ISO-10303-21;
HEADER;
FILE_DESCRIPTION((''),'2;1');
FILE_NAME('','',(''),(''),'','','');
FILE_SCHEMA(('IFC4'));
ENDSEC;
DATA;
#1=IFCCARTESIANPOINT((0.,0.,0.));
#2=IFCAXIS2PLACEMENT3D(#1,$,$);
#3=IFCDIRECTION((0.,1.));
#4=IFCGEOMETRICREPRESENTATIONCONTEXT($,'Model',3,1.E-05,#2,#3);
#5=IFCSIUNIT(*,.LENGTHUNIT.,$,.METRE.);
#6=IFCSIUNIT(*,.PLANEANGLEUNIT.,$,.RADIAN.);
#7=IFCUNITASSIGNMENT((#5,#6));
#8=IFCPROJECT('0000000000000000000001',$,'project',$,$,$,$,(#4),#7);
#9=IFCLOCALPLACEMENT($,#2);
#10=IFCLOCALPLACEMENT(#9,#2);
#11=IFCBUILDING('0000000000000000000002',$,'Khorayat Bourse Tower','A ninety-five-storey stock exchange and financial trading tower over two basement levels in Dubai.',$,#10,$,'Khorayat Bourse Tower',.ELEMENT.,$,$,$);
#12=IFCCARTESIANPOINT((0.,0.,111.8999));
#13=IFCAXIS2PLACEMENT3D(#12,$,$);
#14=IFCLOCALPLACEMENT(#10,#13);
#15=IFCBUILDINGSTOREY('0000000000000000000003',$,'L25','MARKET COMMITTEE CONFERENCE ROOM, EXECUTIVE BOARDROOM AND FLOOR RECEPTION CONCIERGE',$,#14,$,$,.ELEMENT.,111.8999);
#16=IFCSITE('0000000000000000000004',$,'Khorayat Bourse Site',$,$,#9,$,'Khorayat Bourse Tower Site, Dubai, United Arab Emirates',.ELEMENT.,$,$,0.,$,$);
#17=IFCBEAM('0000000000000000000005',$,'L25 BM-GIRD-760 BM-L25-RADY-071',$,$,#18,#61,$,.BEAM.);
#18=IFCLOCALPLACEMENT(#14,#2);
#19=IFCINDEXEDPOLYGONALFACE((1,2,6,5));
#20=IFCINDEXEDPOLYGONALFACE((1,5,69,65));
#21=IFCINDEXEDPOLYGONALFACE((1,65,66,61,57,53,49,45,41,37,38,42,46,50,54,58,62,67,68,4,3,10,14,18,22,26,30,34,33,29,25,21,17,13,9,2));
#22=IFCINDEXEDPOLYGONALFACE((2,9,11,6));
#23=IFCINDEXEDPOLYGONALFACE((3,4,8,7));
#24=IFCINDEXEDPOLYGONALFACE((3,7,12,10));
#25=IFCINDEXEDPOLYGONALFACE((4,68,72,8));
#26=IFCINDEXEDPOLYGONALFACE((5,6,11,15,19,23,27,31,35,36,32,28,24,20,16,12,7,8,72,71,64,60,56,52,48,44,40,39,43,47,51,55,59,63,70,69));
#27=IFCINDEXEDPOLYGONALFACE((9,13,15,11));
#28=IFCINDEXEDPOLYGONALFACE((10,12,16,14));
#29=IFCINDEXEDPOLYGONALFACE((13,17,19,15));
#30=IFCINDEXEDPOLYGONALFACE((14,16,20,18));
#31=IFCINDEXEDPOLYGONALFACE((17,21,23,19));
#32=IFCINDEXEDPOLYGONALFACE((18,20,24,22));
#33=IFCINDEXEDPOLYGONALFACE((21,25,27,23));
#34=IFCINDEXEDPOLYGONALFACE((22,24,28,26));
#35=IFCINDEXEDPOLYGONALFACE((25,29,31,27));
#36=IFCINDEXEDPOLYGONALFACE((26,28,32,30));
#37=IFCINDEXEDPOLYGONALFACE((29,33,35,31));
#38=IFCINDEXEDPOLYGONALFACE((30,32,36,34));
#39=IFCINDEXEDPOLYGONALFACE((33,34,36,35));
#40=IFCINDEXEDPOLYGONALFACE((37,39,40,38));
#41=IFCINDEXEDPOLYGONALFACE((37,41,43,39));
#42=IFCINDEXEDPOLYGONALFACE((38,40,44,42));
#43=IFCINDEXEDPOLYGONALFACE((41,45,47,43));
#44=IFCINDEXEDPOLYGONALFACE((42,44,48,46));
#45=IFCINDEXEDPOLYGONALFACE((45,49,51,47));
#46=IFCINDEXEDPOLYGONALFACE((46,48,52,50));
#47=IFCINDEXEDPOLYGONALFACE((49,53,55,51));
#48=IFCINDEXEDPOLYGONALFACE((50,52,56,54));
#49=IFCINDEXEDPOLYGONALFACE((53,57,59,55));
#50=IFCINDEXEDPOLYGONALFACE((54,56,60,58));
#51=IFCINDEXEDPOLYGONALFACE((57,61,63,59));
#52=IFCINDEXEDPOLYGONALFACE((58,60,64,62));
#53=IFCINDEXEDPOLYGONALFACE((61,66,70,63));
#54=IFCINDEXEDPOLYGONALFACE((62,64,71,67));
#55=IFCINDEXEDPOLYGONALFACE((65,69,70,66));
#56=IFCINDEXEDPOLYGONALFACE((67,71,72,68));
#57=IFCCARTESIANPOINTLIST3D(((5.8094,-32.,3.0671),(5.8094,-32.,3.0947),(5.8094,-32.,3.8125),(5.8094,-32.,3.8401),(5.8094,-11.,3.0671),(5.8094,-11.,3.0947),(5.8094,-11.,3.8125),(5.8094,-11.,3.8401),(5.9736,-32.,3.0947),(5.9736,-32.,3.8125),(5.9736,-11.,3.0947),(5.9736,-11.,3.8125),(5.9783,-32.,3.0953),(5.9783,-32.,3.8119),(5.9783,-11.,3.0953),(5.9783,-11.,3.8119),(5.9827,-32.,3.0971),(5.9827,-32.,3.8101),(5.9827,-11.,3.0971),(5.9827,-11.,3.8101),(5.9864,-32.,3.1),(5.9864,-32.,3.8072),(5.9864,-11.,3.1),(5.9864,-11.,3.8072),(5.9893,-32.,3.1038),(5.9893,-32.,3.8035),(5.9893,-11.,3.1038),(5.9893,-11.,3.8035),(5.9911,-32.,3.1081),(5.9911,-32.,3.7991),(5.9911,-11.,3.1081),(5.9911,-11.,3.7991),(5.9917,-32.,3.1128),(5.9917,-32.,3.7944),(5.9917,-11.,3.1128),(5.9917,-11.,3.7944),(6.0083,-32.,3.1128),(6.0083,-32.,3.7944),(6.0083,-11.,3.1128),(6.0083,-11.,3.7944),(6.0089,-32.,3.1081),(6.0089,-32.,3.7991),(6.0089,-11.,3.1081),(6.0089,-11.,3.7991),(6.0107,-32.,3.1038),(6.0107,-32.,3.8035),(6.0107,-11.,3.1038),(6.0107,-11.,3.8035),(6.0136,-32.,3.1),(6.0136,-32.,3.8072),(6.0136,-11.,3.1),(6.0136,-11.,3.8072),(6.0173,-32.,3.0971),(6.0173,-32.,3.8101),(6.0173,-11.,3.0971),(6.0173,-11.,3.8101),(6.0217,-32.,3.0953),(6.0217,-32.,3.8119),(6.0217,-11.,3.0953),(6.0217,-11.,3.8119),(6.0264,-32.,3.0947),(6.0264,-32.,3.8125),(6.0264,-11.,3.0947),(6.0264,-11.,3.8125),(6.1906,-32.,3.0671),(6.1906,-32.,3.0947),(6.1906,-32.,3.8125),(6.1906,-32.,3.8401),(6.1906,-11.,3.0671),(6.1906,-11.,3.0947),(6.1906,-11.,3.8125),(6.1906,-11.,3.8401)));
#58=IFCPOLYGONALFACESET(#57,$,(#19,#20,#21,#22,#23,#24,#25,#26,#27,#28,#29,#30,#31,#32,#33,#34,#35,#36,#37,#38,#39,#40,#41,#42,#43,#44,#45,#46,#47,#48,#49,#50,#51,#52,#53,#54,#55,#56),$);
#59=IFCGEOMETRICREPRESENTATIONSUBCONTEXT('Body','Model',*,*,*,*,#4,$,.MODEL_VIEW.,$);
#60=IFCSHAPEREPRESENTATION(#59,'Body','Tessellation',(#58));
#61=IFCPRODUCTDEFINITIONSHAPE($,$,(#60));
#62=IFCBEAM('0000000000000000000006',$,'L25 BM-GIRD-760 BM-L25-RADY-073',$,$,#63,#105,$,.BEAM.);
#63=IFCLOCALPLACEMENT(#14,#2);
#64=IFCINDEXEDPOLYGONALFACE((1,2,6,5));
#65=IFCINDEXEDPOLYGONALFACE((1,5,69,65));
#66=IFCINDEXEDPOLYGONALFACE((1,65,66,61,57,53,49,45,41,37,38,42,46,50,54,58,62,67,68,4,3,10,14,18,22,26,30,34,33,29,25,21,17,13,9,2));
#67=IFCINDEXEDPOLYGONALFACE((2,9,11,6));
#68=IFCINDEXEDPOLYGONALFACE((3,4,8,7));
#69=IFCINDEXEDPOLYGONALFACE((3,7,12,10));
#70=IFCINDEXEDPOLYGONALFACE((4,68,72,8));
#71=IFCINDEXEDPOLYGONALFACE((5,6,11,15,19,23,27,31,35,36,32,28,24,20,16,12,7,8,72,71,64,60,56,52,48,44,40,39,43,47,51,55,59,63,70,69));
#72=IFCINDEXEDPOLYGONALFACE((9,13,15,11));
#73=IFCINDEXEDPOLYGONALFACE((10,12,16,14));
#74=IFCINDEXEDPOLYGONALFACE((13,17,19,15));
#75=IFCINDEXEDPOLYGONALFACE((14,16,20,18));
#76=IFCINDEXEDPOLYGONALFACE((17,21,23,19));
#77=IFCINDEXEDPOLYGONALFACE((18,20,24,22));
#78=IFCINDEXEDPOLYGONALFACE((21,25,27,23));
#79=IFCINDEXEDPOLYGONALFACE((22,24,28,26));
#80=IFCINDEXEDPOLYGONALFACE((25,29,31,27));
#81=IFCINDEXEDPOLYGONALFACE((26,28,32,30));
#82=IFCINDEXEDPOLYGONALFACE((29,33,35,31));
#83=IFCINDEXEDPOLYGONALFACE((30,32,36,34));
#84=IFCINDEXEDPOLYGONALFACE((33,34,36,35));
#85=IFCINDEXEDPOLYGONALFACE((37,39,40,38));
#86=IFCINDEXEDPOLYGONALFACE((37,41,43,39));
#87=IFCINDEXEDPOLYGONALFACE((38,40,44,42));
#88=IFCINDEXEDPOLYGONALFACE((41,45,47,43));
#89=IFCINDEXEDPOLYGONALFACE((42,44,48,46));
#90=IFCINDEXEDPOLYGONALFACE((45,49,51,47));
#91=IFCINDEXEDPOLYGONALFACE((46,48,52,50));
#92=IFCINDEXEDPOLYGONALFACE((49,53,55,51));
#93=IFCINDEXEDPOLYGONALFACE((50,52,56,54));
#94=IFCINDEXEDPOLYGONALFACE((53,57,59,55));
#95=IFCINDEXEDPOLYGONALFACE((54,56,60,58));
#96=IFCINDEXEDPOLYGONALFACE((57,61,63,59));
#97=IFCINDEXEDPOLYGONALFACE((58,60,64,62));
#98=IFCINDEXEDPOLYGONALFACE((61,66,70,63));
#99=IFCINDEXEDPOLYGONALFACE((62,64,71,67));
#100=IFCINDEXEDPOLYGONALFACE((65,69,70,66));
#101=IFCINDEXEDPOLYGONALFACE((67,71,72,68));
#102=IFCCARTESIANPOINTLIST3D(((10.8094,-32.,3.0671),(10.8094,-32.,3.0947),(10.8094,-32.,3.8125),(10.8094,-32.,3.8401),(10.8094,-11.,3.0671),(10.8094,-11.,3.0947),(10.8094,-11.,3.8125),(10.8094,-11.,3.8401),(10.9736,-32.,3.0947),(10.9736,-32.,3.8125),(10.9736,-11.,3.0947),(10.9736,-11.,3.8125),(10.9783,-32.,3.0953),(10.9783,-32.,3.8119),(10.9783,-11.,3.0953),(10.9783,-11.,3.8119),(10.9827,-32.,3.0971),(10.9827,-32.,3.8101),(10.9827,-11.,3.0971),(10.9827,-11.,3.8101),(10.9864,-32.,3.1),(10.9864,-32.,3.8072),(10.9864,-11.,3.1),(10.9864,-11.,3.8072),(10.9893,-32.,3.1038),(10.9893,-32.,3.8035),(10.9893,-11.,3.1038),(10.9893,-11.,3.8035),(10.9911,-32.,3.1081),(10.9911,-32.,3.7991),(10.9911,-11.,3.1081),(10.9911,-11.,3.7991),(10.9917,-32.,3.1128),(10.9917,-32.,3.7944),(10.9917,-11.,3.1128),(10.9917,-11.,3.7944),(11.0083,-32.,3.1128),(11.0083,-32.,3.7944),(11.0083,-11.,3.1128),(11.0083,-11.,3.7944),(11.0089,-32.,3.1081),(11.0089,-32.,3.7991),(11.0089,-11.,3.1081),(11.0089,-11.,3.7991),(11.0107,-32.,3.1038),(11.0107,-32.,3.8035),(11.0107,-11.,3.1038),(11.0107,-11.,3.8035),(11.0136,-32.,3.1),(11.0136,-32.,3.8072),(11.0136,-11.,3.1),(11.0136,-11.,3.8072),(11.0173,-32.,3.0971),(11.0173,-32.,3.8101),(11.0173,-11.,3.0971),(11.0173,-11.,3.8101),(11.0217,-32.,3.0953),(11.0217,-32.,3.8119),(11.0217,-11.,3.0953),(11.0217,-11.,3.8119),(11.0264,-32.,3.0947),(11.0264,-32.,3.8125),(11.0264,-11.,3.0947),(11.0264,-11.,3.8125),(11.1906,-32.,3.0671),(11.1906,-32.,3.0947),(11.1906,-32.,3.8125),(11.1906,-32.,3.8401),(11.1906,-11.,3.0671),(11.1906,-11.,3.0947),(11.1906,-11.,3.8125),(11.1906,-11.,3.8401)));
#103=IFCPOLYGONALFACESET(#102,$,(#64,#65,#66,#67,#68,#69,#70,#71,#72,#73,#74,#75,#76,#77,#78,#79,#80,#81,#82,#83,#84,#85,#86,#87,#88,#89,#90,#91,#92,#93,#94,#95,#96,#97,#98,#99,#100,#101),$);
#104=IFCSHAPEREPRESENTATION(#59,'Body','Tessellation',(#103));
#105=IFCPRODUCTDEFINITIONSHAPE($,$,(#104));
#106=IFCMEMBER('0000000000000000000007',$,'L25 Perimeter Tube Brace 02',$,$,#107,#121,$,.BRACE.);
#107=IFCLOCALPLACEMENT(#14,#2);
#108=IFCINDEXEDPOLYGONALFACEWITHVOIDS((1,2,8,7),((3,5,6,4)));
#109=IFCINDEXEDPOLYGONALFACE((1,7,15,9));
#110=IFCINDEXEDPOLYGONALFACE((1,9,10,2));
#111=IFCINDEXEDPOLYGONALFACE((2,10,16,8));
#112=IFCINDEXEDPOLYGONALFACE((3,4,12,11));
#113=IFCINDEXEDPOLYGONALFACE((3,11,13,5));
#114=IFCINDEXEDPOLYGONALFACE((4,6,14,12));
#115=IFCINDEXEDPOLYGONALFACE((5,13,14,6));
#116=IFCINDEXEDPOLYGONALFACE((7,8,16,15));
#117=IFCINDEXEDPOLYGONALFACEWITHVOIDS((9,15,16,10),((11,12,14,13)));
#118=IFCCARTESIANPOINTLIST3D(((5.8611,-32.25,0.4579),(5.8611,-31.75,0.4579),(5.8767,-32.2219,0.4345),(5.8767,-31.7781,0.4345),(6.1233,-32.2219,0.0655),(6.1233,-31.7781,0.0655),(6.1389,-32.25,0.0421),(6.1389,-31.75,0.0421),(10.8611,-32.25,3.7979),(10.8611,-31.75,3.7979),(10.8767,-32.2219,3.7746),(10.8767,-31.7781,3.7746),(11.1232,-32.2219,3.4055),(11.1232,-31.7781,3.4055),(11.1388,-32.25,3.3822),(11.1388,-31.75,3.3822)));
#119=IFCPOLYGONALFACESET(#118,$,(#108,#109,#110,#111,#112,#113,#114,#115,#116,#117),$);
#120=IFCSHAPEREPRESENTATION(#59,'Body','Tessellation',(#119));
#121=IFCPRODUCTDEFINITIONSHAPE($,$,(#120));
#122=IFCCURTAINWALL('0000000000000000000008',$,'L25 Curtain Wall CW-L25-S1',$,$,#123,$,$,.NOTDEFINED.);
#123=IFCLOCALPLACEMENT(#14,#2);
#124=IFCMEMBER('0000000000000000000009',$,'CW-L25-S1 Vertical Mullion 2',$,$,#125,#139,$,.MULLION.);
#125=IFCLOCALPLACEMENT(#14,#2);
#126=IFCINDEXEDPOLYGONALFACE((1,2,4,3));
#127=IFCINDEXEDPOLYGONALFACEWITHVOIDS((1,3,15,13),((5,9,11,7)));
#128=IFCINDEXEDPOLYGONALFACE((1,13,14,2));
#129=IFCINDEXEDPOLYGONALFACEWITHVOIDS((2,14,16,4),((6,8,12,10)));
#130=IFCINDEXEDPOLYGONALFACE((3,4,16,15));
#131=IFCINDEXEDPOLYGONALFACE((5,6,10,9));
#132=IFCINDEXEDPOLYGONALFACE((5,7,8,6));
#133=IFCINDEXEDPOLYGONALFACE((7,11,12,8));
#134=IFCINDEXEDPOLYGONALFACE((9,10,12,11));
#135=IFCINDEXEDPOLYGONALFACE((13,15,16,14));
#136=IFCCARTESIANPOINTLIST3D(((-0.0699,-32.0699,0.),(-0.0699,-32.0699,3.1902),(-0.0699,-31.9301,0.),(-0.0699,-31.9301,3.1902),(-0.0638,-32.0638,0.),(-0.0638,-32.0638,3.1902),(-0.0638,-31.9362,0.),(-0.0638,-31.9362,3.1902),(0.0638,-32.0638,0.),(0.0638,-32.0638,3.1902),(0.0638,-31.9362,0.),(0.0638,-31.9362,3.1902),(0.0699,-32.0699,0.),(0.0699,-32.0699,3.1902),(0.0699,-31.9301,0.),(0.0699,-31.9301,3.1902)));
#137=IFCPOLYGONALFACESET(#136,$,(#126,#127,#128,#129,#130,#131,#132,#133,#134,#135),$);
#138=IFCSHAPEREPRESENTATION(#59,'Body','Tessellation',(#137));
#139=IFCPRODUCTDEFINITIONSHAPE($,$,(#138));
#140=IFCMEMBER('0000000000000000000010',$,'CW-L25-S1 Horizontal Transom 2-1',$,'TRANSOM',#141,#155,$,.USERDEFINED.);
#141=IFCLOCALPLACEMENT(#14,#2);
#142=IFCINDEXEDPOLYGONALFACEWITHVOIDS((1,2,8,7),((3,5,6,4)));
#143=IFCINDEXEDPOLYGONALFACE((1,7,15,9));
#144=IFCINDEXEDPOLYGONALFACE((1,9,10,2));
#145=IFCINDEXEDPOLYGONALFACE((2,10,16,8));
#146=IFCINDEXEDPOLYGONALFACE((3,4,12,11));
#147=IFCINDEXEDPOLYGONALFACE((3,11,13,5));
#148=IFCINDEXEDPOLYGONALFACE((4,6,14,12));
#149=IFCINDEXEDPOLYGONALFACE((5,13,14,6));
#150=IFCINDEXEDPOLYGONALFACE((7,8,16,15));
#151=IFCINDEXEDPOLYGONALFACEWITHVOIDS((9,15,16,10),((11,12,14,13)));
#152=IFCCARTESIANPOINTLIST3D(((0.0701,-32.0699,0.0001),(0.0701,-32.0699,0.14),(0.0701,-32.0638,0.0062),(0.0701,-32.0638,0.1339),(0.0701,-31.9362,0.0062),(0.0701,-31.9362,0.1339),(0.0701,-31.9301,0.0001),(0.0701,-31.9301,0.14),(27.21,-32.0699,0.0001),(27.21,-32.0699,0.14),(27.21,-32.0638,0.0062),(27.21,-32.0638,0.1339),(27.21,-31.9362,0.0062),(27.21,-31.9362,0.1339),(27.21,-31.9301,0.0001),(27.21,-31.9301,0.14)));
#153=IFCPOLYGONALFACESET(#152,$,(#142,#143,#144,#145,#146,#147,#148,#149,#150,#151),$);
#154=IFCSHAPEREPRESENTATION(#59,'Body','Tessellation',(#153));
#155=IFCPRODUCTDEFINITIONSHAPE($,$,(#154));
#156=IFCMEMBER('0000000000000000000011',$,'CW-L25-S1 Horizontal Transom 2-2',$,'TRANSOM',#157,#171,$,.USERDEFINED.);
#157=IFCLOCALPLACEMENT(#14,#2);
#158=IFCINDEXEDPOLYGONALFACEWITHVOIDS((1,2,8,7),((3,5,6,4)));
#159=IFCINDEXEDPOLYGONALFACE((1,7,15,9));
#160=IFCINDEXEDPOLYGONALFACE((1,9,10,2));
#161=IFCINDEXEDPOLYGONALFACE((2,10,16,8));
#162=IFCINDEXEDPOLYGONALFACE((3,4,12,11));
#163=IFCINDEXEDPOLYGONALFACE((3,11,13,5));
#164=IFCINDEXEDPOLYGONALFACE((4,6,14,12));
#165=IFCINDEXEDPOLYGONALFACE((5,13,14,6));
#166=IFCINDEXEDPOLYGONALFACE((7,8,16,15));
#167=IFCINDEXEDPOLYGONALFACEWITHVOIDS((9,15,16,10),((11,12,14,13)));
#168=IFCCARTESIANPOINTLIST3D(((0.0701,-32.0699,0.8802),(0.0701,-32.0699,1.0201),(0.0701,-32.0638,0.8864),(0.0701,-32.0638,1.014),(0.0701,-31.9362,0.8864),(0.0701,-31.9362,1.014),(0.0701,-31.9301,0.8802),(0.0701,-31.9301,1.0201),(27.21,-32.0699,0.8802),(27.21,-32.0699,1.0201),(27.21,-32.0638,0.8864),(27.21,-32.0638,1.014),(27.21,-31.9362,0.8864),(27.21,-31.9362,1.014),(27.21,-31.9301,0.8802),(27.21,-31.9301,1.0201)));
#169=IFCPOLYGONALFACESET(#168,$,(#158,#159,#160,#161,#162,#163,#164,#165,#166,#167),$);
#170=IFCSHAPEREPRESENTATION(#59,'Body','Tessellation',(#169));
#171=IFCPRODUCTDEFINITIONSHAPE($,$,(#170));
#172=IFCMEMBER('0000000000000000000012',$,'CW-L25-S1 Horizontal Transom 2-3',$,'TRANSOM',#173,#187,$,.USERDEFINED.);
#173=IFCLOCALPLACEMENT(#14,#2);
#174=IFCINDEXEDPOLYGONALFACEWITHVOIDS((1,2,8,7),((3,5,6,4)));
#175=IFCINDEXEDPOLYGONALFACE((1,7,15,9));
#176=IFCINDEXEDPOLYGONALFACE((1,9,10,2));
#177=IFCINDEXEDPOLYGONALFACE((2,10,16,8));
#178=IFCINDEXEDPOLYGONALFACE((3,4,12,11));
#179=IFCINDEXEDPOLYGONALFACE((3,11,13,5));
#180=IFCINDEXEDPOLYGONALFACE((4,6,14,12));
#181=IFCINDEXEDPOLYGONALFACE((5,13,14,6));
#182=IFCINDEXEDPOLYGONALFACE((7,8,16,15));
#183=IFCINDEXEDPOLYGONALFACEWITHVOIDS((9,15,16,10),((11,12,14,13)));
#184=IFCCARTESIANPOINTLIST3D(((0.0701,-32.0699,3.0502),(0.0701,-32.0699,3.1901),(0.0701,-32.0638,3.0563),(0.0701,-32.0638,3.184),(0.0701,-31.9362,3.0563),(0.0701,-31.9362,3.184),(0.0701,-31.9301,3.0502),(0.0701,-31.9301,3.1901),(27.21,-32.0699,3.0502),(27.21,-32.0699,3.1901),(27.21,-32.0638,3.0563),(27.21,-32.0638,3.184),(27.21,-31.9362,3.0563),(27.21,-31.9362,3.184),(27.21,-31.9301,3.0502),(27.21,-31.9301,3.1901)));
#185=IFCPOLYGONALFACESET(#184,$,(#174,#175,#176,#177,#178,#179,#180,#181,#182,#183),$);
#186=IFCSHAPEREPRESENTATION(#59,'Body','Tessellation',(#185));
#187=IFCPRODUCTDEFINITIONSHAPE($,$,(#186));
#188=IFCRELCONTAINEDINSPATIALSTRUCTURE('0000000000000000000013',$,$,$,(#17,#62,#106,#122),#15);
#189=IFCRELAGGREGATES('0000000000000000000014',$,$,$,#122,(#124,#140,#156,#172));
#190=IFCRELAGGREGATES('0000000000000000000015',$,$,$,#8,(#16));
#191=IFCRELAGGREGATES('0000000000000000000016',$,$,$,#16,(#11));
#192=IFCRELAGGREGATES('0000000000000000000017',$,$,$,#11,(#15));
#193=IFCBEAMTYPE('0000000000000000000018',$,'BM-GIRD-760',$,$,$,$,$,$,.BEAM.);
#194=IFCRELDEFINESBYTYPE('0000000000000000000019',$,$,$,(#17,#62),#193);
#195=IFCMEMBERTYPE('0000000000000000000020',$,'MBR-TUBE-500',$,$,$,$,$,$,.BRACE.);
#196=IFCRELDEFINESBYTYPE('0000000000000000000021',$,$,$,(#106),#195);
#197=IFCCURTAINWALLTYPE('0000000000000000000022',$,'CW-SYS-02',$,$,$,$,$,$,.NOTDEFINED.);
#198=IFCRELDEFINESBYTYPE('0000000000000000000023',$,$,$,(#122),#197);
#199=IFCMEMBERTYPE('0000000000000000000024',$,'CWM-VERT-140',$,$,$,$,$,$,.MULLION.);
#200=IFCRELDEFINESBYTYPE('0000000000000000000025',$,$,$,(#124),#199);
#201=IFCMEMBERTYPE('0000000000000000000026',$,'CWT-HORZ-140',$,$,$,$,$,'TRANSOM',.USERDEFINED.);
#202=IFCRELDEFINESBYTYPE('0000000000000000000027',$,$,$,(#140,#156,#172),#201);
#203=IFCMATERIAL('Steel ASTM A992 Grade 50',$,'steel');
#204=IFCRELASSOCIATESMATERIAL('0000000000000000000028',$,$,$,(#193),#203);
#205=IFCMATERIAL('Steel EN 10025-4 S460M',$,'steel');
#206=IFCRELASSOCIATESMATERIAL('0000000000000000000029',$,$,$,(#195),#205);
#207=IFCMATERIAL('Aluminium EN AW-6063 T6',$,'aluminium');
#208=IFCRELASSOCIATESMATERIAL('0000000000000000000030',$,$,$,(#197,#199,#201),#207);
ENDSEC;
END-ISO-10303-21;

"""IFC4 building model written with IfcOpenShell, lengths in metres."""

from ifc_helpers import new_model, si_unit, direction, frame, origin, origin_2d, place, context, subcontext, project, spatial, hollow_rectangle, i_section, extrude, source, transform, mapped, material, material_profile, profile_set, type_object, element, aggregate, save


model = new_model("IFC4")

# Units and contexts
model_context = context("Model", 3, precision=1e-05, world=origin(), true_north=direction((0.0, 1.0)))
body_context = subcontext(model_context, "Body", "Model", "MODEL_VIEW")
ifc_project = project(units=[si_unit("LENGTHUNIT", "METRE"), si_unit("PLANEANGLEUNIT", "RADIAN")], contexts=[model_context])

# Site, building, storey
site_placement = place(None, origin())
site = spatial("IfcSite", under=ifc_project, at=site_placement, Name="Khorayat Bourse Site", LongName="Khorayat Bourse Tower Site, Dubai, United Arab Emirates", CompositionType="ELEMENT", RefElevation=0.0)
building_placement = place(site_placement, origin())
building = spatial("IfcBuilding", under=site, at=building_placement, Name="Khorayat Bourse Tower", Description="A ninety-five-storey stock exchange and financial trading tower over two basement levels in Dubai.", LongName="Khorayat Bourse Tower", CompositionType="ELEMENT")
storey_placement = place(building_placement, frame((0.0, 0.0, 111.8999)))
storey = spatial("IfcBuildingStorey", under=building, at=storey_placement, Name="L25", Description="MARKET COMMITTEE CONFERENCE ROOM, EXECUTIVE BOARDROOM AND FLOOR RECEPTION CONCIERGE", CompositionType="ELEMENT", Elevation=111.8999)

# Shared definitions
ifc_material_1 = material(Name="Steel EN 10025-4 S460M", Category="steel")

# Beams
ifc_material_2 = material(Name="Steel ASTM A992 Grade 50", Category="steel")
ifc_material_profile_1 = material_profile(ifc_material_2, i_section(OverallWidth=0.3811, OverallDepth=0.7729, WebThickness=0.0166, FlangeThickness=0.0276, FilletRadius=0.0181, at=origin_2d()), Name="W760X257")
ifc_profile_set_1 = profile_set([ifc_material_profile_1], Name="Steel ASTM A992 Grade 50")
beam_type_1 = type_object("IfcBeamType", Name="BM-GIRD-760", PredefinedType="BEAM", material=ifc_profile_set_1)
shared_shape_1 = source(origin(), body_context, "Body", "SweptSolid", [
    extrude(i_section(OverallWidth=0.3811, OverallDepth=0.7729, WebThickness=0.0166, FlangeThickness=0.0276, FilletRadius=0.0181, at=origin_2d()), origin(), (0.0, 0.0, 1.0), 21.0),
])
for number, where, z_axis, x_axis, name in (
    (1, (6.0, -32.0, 3.4536), (0.0, 1.0, 0.0), (-1.0, 0.0, 0.0), "L25 BM-GIRD-760 BM-L25-RADY-071"),
    (2, (11.0, -32.0, 3.4536), (0.0, 1.0, 0.0), (-1.0, 0.0, 0.0), "L25 BM-GIRD-760 BM-L25-RADY-073"),
):
    element("IfcBeam", number, at=place(storey_placement, frame(where, z_axis=z_axis, x_axis=x_axis)), inside=storey, type_object=beam_type_1, Name=name, PredefinedType="BEAM", context=body_context, shape_type="MappedRepresentation", body=[
        mapped(shared_shape_1, transform((0.0, 0.0, 0.0), scale=1.0)),
    ])

# Member
ifc_material_profile_2 = material_profile(ifc_material_1, hollow_rectangle(XDim=0.5, YDim=0.5, WallThickness=0.0281, at=origin_2d()), Name="HSS 500x500x28")
ifc_profile_set_2 = profile_set([ifc_material_profile_2], Name="Steel EN 10025-4 S460M")
member_type_1 = type_object("IfcMemberType", Name="MBR-TUBE-500", PredefinedType="BRACE", material=ifc_profile_set_2)
shared_shape_2 = source(origin(), body_context, "Body", "SweptSolid", [
    extrude(hollow_rectangle(XDim=0.5, YDim=0.5, WallThickness=0.0281, at=origin_2d()), origin(), (0.0, 0.0, 1.0), 6.0129),
])
member_1_placement = place(storey_placement, frame((6.0, -32.0, 0.25), z_axis=(0.831531, 0.0, 0.555478), x_axis=(0.0, 1.0, 0.0)))
element("IfcMember", 3, at=member_1_placement, inside=storey, type_object=member_type_1, Name="L25 Perimeter Tube Brace 02", PredefinedType="BRACE", context=body_context, shape_type="MappedRepresentation", body=[
    mapped(shared_shape_2, transform((0.0, 0.0, 0.0), scale=1.0)),
])

# Curtain wall, members
ifc_material_3 = material(Name="Aluminium EN AW-6063 T6", Category="aluminium")
curtain_wall_type = type_object("IfcCurtainWallType", Name="CW-SYS-02", PredefinedType="NOTDEFINED", material=ifc_material_3)
curtain_wall_placement = place(storey_placement, origin())
curtain_wall = element("IfcCurtainWall", 4, at=curtain_wall_placement, inside=storey, type_object=curtain_wall_type, Name="L25 Curtain Wall CW-L25-S1", PredefinedType="NOTDEFINED")
ifc_material_profile_3 = material_profile(ifc_material_3, hollow_rectangle(XDim=0.1399, YDim=0.1399, WallThickness=0.0061, at=origin_2d()), Name="ALU 140x140x6")
ifc_profile_set_3 = profile_set([ifc_material_profile_3], Name="Aluminium EN AW-6063 T6")
member_type_2 = type_object("IfcMemberType", Name="CWM-VERT-140", PredefinedType="MULLION", material=ifc_profile_set_3)
shared_shape_3 = source(origin(), body_context, "Body", "SweptSolid", [
    extrude(hollow_rectangle(XDim=0.1399, YDim=0.1399, WallThickness=0.0061, at=origin_2d()), origin(), (0.0, 0.0, 1.0), 3.1902),
])
member_2_placement = place(storey_placement, frame((0.0, -32.0, 0.0), z_axis=(0.0, 0.0, 1.0), x_axis=(0.0, 1.0, 0.0)))
member_2 = element("IfcMember", 5, at=member_2_placement, type_object=member_type_2, Name="CW-L25-S1 Vertical Mullion 2", PredefinedType="MULLION", context=body_context, shape_type="MappedRepresentation", body=[
    mapped(shared_shape_3, transform((0.0, 0.0, 0.0), scale=1.0)),
])
ifc_material_profile_4 = material_profile(ifc_material_3, hollow_rectangle(XDim=0.1399, YDim=0.1399, WallThickness=0.0061, at=origin_2d()), Name="ALU 140x140x6")
ifc_profile_set_4 = profile_set([ifc_material_profile_4], Name="Aluminium EN AW-6063 T6")
member_type_3 = type_object("IfcMemberType", Name="CWT-HORZ-140", ElementType="TRANSOM", PredefinedType="USERDEFINED", material=ifc_profile_set_4)
shared_shape_4 = source(origin(), body_context, "Body", "SweptSolid", [
    extrude(hollow_rectangle(XDim=0.1399, YDim=0.1399, WallThickness=0.0061, at=origin_2d()), origin(), (0.0, 0.0, 1.0), 27.1399),
])
member_3_placement = place(storey_placement, frame((0.0701, -32.0, 0.0701), z_axis=(1.0, 0.0, 0.0), x_axis=(0.0, 1.0, 0.0)))
member_3 = element("IfcMember", 6, at=member_3_placement, type_object=member_type_3, Name="CW-L25-S1 Horizontal Transom 2-1", ObjectType="TRANSOM", PredefinedType="USERDEFINED", context=body_context, shape_type="MappedRepresentation", body=[
    mapped(shared_shape_4, transform((0.0, 0.0, 0.0), scale=1.0)),
])
member_4_placement = place(storey_placement, frame((0.0701, -32.0, 0.9502), z_axis=(1.0, 0.0, 0.0), x_axis=(0.0, 1.0, 0.0)))
member_4 = element("IfcMember", 7, at=member_4_placement, type_object=member_type_3, Name="CW-L25-S1 Horizontal Transom 2-2", ObjectType="TRANSOM", PredefinedType="USERDEFINED", context=body_context, shape_type="MappedRepresentation", body=[
    mapped(shared_shape_4, transform((0.0, 0.0, 0.0), scale=1.0)),
])
member_5_placement = place(storey_placement, frame((0.0701, -32.0, 3.1201), z_axis=(1.0, 0.0, 0.0), x_axis=(0.0, 1.0, 0.0)))
member_5 = element("IfcMember", 8, at=member_5_placement, type_object=member_type_3, Name="CW-L25-S1 Horizontal Transom 2-3", ObjectType="TRANSOM", PredefinedType="USERDEFINED", context=body_context, shape_type="MappedRepresentation", body=[
    mapped(shared_shape_4, transform((0.0, 0.0, 0.0), scale=1.0)),
])
aggregate(curtain_wall, [member_2, member_3, member_4, member_5])

save(model, "model.ifc")
